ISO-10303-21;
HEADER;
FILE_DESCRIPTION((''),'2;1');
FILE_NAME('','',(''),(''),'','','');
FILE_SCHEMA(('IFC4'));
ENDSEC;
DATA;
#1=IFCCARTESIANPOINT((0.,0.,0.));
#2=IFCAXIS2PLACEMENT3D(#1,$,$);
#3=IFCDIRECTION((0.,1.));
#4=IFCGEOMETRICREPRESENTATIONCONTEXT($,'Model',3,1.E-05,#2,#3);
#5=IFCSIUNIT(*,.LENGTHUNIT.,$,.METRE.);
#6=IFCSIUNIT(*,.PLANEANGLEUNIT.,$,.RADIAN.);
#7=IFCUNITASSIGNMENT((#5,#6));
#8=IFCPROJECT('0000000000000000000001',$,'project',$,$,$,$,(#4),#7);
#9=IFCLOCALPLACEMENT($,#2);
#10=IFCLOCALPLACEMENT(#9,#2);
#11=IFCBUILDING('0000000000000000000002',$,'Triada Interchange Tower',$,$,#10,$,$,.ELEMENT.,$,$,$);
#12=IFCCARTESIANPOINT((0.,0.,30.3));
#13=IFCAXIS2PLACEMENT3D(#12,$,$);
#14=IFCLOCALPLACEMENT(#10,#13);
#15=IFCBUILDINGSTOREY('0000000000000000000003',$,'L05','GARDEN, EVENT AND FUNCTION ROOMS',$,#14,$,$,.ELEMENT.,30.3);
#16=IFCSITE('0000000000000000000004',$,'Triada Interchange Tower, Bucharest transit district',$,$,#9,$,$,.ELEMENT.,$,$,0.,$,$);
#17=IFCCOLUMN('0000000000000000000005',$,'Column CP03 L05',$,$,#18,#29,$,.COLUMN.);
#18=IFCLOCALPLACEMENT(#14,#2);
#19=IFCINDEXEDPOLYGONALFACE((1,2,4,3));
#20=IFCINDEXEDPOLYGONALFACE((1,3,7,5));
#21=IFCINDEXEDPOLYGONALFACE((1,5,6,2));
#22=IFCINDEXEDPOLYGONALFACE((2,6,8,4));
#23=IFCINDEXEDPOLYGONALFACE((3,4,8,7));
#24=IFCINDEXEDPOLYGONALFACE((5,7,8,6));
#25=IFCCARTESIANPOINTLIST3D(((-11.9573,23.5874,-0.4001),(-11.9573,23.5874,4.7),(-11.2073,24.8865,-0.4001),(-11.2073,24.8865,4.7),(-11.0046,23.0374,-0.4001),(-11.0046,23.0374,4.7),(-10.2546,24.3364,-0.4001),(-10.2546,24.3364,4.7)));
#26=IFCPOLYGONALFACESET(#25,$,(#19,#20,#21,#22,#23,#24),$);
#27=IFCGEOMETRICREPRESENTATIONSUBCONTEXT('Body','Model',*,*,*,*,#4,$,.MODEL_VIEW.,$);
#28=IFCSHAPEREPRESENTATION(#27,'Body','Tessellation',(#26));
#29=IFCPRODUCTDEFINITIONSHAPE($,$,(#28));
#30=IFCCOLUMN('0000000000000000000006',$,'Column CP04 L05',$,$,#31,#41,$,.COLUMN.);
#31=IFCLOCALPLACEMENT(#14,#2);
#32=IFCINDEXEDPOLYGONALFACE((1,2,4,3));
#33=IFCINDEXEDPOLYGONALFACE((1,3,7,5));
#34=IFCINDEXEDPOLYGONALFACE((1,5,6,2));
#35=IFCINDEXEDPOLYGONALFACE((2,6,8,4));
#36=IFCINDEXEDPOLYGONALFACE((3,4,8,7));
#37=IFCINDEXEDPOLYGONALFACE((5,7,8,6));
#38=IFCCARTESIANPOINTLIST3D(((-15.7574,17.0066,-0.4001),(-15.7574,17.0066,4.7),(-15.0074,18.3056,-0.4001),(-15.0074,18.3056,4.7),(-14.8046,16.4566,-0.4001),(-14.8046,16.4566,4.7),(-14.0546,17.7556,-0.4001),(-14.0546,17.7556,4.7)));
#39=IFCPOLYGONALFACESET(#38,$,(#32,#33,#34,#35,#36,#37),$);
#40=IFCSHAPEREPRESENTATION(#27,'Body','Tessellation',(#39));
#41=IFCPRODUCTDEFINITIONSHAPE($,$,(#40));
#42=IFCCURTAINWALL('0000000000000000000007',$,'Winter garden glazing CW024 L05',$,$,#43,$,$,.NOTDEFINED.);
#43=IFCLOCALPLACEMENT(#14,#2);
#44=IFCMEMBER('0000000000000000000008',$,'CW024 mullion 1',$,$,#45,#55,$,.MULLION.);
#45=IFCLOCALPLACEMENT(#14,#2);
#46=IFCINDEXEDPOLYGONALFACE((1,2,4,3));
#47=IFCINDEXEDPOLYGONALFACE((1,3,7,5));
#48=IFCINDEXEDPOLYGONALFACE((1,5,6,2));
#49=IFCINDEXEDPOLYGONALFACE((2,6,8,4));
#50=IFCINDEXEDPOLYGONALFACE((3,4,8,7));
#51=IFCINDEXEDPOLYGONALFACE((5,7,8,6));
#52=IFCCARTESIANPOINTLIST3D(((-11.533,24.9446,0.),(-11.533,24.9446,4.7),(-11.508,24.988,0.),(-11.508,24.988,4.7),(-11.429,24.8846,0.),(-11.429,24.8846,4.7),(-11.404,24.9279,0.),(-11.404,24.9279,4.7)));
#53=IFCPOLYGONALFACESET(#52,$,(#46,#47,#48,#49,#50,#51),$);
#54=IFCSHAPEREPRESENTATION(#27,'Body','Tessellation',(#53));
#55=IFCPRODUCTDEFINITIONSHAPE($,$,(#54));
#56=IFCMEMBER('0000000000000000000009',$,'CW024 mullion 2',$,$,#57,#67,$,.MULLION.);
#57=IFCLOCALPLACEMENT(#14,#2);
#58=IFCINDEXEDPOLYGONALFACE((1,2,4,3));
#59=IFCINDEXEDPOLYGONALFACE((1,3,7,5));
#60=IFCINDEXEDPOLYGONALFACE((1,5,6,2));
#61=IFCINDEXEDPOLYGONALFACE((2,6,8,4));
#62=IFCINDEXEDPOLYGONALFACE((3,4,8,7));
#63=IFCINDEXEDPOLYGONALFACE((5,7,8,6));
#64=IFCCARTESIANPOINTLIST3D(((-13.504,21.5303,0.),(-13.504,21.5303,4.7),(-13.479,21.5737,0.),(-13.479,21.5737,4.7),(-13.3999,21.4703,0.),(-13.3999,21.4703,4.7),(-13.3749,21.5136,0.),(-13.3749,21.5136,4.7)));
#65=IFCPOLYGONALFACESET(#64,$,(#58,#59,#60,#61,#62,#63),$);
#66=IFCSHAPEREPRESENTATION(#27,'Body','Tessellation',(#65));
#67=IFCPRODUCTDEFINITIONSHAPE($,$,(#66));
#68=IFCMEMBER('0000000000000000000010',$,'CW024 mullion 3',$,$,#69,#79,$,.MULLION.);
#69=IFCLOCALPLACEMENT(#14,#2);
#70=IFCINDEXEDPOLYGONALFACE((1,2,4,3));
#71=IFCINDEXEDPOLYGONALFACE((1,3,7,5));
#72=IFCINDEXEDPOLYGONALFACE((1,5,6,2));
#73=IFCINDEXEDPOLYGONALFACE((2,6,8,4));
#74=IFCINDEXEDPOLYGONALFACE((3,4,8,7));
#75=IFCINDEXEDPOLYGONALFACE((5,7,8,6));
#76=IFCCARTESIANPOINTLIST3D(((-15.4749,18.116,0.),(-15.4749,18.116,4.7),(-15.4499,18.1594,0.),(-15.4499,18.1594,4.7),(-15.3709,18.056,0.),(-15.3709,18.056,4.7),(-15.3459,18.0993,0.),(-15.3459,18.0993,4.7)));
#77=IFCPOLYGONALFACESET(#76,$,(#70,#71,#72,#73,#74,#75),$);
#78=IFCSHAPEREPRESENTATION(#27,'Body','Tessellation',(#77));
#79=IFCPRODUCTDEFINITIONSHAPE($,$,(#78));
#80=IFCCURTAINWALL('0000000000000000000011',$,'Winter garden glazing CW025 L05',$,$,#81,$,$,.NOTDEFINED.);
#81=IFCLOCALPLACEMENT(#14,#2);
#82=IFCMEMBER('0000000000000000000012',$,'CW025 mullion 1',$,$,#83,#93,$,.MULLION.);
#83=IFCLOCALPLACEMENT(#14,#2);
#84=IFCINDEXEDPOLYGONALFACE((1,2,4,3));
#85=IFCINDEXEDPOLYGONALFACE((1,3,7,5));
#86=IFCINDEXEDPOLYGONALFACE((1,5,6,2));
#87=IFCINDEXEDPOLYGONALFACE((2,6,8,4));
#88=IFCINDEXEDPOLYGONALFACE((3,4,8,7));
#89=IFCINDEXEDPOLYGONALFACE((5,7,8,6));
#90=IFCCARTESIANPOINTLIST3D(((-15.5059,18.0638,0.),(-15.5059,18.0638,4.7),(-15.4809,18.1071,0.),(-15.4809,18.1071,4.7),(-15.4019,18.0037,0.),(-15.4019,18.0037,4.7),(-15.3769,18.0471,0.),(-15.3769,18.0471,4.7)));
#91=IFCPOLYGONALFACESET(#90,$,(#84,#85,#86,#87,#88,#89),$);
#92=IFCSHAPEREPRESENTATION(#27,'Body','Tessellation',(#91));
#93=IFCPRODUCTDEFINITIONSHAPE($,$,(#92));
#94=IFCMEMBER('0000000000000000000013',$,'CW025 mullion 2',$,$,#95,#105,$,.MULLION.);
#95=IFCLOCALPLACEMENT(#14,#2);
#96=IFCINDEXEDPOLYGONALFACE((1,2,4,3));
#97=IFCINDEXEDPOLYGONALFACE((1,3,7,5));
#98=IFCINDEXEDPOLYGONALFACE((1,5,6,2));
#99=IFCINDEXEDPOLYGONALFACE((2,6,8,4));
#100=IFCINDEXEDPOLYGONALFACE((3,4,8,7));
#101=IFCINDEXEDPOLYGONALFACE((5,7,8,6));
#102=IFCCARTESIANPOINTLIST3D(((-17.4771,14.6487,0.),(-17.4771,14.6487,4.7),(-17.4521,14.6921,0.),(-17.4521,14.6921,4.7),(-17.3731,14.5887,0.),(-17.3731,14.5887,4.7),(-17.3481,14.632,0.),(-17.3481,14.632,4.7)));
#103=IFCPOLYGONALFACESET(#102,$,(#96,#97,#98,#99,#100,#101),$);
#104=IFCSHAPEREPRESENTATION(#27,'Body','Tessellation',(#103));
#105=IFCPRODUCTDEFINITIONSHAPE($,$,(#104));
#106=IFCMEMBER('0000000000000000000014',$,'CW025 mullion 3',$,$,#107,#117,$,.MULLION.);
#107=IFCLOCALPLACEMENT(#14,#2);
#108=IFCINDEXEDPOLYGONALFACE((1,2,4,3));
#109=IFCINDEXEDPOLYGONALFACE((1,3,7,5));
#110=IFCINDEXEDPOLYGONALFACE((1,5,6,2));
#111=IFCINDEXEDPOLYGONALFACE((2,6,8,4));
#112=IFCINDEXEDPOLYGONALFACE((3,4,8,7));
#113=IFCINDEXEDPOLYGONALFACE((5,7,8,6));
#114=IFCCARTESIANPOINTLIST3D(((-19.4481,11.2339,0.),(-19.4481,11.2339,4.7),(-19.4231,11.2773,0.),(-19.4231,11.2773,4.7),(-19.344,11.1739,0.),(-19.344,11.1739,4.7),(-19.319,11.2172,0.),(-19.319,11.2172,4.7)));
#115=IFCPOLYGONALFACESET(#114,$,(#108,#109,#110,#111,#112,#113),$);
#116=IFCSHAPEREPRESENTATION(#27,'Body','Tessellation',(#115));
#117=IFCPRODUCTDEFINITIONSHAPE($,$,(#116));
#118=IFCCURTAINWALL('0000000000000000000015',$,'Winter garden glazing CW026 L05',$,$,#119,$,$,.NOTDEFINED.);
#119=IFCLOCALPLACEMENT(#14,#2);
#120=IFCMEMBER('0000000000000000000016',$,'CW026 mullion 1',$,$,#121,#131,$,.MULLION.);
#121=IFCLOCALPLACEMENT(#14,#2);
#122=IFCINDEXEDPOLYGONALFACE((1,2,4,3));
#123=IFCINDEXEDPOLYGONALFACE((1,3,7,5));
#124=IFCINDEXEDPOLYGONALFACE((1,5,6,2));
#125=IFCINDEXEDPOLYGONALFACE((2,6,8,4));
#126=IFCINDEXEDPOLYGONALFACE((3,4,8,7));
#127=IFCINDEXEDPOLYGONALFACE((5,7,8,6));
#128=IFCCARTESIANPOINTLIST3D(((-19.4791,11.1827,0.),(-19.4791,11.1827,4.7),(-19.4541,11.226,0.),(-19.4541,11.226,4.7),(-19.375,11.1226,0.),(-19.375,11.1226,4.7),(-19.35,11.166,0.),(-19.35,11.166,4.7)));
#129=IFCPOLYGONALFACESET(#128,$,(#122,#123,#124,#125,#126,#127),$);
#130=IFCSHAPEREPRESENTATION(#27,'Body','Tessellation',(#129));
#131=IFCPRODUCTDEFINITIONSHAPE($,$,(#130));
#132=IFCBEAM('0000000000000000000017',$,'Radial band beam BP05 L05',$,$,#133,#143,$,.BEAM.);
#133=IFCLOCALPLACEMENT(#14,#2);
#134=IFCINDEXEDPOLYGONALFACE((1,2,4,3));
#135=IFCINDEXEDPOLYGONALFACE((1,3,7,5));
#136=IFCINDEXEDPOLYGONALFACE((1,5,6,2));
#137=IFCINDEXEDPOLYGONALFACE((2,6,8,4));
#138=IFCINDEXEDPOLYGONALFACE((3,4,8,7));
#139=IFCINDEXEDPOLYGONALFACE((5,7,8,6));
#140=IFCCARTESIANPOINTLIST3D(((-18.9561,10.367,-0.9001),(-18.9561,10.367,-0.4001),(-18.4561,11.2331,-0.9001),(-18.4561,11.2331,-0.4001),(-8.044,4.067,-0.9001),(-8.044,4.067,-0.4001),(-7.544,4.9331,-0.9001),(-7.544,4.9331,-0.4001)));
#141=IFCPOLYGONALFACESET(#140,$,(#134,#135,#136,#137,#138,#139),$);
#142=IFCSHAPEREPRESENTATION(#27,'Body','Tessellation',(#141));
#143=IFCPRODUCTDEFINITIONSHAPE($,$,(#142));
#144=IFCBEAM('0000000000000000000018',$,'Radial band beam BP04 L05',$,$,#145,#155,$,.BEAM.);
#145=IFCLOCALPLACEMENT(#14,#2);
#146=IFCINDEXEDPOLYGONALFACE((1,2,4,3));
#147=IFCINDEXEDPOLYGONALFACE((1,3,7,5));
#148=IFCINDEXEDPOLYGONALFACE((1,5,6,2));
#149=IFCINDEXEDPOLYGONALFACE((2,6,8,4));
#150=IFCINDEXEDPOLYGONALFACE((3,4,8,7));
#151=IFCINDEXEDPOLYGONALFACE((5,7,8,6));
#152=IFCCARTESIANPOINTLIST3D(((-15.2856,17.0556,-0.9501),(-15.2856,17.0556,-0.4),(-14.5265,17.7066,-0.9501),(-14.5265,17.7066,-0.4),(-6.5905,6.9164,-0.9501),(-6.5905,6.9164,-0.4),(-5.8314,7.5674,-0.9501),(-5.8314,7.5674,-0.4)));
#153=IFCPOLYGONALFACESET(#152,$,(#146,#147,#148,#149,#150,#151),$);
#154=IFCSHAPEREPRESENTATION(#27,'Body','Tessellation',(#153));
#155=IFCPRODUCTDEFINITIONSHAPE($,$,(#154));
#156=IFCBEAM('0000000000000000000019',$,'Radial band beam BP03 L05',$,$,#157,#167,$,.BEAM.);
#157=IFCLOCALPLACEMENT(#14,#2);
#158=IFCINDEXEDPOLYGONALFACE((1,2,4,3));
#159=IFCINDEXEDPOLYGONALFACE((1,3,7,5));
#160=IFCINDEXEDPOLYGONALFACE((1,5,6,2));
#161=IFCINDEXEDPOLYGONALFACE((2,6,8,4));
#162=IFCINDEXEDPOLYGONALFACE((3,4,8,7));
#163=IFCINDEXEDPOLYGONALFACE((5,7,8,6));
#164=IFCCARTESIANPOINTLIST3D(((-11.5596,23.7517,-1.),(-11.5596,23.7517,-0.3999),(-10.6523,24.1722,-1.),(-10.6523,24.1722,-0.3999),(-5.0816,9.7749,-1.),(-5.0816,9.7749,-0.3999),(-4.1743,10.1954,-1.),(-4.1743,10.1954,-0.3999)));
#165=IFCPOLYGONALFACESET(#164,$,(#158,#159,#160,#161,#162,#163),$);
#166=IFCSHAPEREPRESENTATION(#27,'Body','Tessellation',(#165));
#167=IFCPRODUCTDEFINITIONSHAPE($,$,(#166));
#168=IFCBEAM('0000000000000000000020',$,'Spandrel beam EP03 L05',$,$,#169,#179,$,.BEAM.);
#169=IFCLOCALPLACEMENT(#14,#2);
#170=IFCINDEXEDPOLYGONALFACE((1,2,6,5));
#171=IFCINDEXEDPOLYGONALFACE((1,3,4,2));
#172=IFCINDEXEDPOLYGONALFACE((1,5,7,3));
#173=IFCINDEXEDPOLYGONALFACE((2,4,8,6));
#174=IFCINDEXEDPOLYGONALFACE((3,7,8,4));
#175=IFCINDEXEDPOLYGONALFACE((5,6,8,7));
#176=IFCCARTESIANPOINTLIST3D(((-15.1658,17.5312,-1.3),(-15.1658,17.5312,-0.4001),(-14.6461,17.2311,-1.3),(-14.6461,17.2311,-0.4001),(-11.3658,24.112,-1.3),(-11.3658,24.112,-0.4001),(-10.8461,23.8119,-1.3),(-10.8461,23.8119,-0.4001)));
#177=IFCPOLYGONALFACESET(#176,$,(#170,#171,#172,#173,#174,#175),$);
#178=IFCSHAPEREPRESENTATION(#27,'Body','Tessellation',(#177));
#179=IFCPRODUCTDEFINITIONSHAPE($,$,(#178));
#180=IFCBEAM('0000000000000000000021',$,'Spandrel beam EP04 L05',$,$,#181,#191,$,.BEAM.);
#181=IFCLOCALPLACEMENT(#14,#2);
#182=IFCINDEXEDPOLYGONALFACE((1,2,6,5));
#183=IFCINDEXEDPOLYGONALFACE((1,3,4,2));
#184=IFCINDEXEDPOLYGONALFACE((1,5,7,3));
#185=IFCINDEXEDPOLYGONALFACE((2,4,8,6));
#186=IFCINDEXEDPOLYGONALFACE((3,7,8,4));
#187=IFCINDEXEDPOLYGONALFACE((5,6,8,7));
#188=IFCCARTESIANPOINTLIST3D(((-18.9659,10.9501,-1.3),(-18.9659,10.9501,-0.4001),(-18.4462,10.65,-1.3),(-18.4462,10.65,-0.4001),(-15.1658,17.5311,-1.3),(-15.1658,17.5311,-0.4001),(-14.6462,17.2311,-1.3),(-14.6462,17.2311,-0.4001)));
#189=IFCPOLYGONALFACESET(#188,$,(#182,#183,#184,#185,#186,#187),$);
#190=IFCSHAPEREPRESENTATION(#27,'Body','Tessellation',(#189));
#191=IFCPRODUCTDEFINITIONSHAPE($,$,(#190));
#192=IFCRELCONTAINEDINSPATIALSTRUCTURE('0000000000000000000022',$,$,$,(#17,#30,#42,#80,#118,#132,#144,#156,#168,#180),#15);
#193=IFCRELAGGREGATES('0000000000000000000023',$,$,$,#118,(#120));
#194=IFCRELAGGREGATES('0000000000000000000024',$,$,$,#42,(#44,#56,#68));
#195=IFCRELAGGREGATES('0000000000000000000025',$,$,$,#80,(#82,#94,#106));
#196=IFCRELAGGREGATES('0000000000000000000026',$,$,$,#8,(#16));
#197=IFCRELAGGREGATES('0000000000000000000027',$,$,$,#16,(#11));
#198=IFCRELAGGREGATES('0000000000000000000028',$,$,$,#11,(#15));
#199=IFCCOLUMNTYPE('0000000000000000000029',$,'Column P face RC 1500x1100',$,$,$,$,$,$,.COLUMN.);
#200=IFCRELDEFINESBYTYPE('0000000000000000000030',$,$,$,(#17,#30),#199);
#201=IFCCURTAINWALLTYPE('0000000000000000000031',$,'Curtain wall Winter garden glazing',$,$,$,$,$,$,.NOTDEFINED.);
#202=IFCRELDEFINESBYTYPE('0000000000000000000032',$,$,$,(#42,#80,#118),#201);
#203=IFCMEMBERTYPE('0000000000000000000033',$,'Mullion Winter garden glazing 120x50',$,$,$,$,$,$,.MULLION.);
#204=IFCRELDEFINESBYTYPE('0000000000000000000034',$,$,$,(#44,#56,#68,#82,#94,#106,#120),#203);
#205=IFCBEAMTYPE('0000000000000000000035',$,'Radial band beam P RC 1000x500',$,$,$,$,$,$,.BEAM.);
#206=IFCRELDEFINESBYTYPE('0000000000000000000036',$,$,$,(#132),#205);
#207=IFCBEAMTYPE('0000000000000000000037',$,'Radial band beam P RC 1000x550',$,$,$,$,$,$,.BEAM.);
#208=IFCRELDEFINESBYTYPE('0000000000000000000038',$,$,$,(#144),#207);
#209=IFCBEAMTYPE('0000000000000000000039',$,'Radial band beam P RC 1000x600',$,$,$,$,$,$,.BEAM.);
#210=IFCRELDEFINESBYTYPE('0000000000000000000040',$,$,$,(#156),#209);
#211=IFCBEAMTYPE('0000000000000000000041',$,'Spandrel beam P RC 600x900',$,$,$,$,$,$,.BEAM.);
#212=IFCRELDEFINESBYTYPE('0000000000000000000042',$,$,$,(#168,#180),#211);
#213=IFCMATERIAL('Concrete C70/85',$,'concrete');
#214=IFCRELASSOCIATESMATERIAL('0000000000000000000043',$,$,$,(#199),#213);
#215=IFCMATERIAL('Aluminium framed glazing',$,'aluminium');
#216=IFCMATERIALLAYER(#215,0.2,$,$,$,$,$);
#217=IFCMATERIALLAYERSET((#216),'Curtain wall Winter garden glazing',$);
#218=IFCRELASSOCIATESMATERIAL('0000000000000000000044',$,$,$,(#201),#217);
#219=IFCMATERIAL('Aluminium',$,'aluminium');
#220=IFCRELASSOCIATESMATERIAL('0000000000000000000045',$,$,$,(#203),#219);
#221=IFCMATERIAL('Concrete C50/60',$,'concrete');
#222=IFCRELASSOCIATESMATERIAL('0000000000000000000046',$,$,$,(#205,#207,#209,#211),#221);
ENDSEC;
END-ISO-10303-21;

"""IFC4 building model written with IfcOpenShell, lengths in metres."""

from ifc_helpers import new_model, si_unit, direction, frame, origin, origin_2d, place, context, subcontext, project, spatial, rectangle, extrude, material, layer, layer_set, material_profile, profile_set, type_object, element, aggregate, save


model = new_model("IFC4")

# Units and contexts
model_context = context("Model", 3, precision=1e-05, world=origin(), true_north=direction((0.0, 1.0)))
body_context = subcontext(model_context, "Body", "Model", "MODEL_VIEW")
ifc_project = project(units=[si_unit("LENGTHUNIT", "METRE"), si_unit("PLANEANGLEUNIT", "RADIAN")], contexts=[model_context])

# Site, building, storey
site_placement = place(None, origin())
site = spatial("IfcSite", under=ifc_project, at=site_placement, Name="Triada Interchange Tower, Bucharest transit district", CompositionType="ELEMENT", RefElevation=0.0)
building_placement = place(site_placement, origin())
building = spatial("IfcBuilding", under=site, at=building_placement, Name="Triada Interchange Tower", CompositionType="ELEMENT")
storey_placement = place(building_placement, frame((0.0, 0.0, 30.3)))
storey = spatial("IfcBuildingStorey", under=building, at=storey_placement, Name="L05", Description="GARDEN, EVENT AND FUNCTION ROOMS", CompositionType="ELEMENT", Elevation=30.3)

# Columns
ifc_material_1 = material(Name="Concrete C70/85", Category="concrete")
ifc_material_profile_1 = material_profile(ifc_material_1, rectangle(XDim=1.5, YDim=1.1001, at=origin_2d()), Name="RC 1500x1100")
ifc_profile_set_1 = profile_set([ifc_material_profile_1], Name="Concrete C70/85")
column_type = type_object("IfcColumnType", Name="Column P face RC 1500x1100", PredefinedType="COLUMN", material=ifc_profile_set_1)
for number, where, z_axis, x_axis, name in (
    (1, (-11.106, 23.9619, -0.4001), (0.0, 0.0, 1.0), (0.5, 0.866025, 0.0), "Column CP03 L05"),
    (2, (-14.906, 17.3811, -0.4001), (0.0, 0.0, 1.0), (0.5, 0.866025, 0.0), "Column CP04 L05"),
):
    element("IfcColumn", number, at=place(storey_placement, frame(where, z_axis=z_axis, x_axis=x_axis)), inside=storey, type_object=column_type, Name=name, PredefinedType="COLUMN", context=body_context, shape_type="SweptSolid", body=[
        extrude(rectangle(XDim=1.5, YDim=1.1001, at=origin_2d()), origin(), (0.0, 0.0, 1.0), 5.1001),
    ])

# Curtain walls, members
ifc_material_2 = material(Name="Aluminium framed glazing", Category="aluminium")
ifc_layer_1 = layer(ifc_material_2, 0.2)
ifc_layer_set_1 = layer_set([ifc_layer_1], Name="Curtain wall Winter garden glazing")
curtain_wall_type = type_object("IfcCurtainWallType", Name="Curtain wall Winter garden glazing", PredefinedType="NOTDEFINED", material=ifc_layer_set_1)
curtain_wall_1_placement = place(storey_placement, origin())
curtain_wall_1 = element("IfcCurtainWall", 3, at=curtain_wall_1_placement, inside=storey, type_object=curtain_wall_type, Name="Winter garden glazing CW024 L05", PredefinedType="NOTDEFINED")
ifc_material_3 = material(Name="Aluminium", Category="aluminium")
ifc_material_profile_2 = material_profile(ifc_material_3, rectangle(XDim=0.1201, YDim=0.05, at=origin_2d()), Name="Aluminium mullion")
ifc_profile_set_2 = profile_set([ifc_material_profile_2], Name="Aluminium")
member_type_1 = type_object("IfcMemberType", Name="Mullion Winter garden glazing 120x50", PredefinedType="MULLION", material=ifc_profile_set_2)
member_1_placement = place(storey_placement, frame((-11.4685, 24.9363, 0.0), z_axis=(0.0, 0.0, 1.0), x_axis=(0.866055, -0.499948, 0.0)))
member_1 = element("IfcMember", 4, at=member_1_placement, type_object=member_type_1, Name="CW024 mullion 1", PredefinedType="MULLION", context=body_context, shape_type="SweptSolid", body=[
    extrude(rectangle(XDim=0.1201, YDim=0.05, at=origin_2d()), origin(), (0.0, 0.0, 1.0), 4.7),
])
member_2_placement = place(storey_placement, frame((-13.4395, 21.522, 0.0), z_axis=(0.0, 0.0, 1.0), x_axis=(0.866055, -0.499948, 0.0)))
member_2 = element("IfcMember", 5, at=member_2_placement, type_object=member_type_1, Name="CW024 mullion 2", PredefinedType="MULLION", context=body_context, shape_type="SweptSolid", body=[
    extrude(rectangle(XDim=0.1201, YDim=0.05, at=origin_2d()), origin(), (0.0, 0.0, 1.0), 4.7),
])
member_3_placement = place(storey_placement, frame((-15.4104, 18.1077, 0.0), z_axis=(0.0, 0.0, 1.0), x_axis=(0.866055, -0.499948, 0.0)))
member_3 = element("IfcMember", 6, at=member_3_placement, type_object=member_type_1, Name="CW024 mullion 3", PredefinedType="MULLION", context=body_context, shape_type="SweptSolid", body=[
    extrude(rectangle(XDim=0.1201, YDim=0.05, at=origin_2d()), origin(), (0.0, 0.0, 1.0), 4.7),
])
curtain_wall_2_placement = place(storey_placement, origin())
curtain_wall_2 = element("IfcCurtainWall", 7, at=curtain_wall_2_placement, inside=storey, type_object=curtain_wall_type, Name="Winter garden glazing CW025 L05", PredefinedType="NOTDEFINED")
member_4_placement = place(storey_placement, frame((-15.4414, 18.0554, 0.0), z_axis=(0.0, 0.0, 1.0), x_axis=(0.866087, -0.499893, 0.0)))
member_4 = element("IfcMember", 8, at=member_4_placement, type_object=member_type_1, Name="CW025 mullion 1", PredefinedType="MULLION", context=body_context, shape_type="SweptSolid", body=[
    extrude(rectangle(XDim=0.1201, YDim=0.05, at=origin_2d()), origin(), (0.0, 0.0, 1.0), 4.7),
])
member_5_placement = place(storey_placement, frame((-17.4126, 14.6404, 0.0), z_axis=(0.0, 0.0, 1.0), x_axis=(0.866087, -0.499893, 0.0)))
member_5 = element("IfcMember", 9, at=member_5_placement, type_object=member_type_1, Name="CW025 mullion 2", PredefinedType="MULLION", context=body_context, shape_type="SweptSolid", body=[
    extrude(rectangle(XDim=0.1201, YDim=0.05, at=origin_2d()), origin(), (0.0, 0.0, 1.0), 4.7),
])
member_6_placement = place(storey_placement, frame((-19.3835, 11.2256, 0.0), z_axis=(0.0, 0.0, 1.0), x_axis=(0.866087, -0.499893, 0.0)))
member_6 = element("IfcMember", 10, at=member_6_placement, type_object=member_type_1, Name="CW025 mullion 3", PredefinedType="MULLION", context=body_context, shape_type="SweptSolid", body=[
    extrude(rectangle(XDim=0.1201, YDim=0.05, at=origin_2d()), origin(), (0.0, 0.0, 1.0), 4.7),
])

# Curtain wall, member
curtain_wall_3_placement = place(storey_placement, origin())
curtain_wall_3 = element("IfcCurtainWall", 11, at=curtain_wall_3_placement, inside=storey, type_object=curtain_wall_type, Name="Winter garden glazing CW026 L05", PredefinedType="NOTDEFINED")
member_7_placement = place(storey_placement, frame((-19.4146, 11.1743, 0.0), z_axis=(0.0, 0.0, 1.0), x_axis=(0.866087, -0.499893, 0.0)))
member_7 = element("IfcMember", 12, at=member_7_placement, type_object=member_type_1, Name="CW026 mullion 1", PredefinedType="MULLION", context=body_context, shape_type="SweptSolid", body=[
    extrude(rectangle(XDim=0.1201, YDim=0.05, at=origin_2d()), origin(), (0.0, 0.0, 1.0), 4.7),
])

# Beams
ifc_material_4 = material(Name="Concrete C50/60", Category="concrete")
ifc_material_profile_3 = material_profile(ifc_material_4, rectangle(XDim=1.0, YDim=0.5, at=origin_2d()), Name="RC 1000x500")
ifc_profile_set_3 = profile_set([ifc_material_profile_3], Name="Concrete C50/60")
beam_type_1 = type_object("IfcBeamType", Name="Radial band beam P RC 1000x500", PredefinedType="BEAM", material=ifc_profile_set_3)
beam_1_placement = place(storey_placement, frame((-18.7061, 10.8, -0.6501), z_axis=(0.866027, -0.499996, 0.0), x_axis=(0.499996, 0.866027, 0.0)))
element("IfcBeam", 13, at=beam_1_placement, inside=storey, type_object=beam_type_1, Name="Radial band beam BP05 L05", PredefinedType="BEAM", context=body_context, shape_type="SweptSolid", body=[
    extrude(rectangle(XDim=1.0, YDim=0.5, at=origin_2d()), origin(), (0.0, 0.0, 1.0), 12.6001),
])
ifc_material_profile_4 = material_profile(ifc_material_4, rectangle(XDim=1.0, YDim=0.55, at=origin_2d()), Name="RC 1000x550")
ifc_profile_set_4 = profile_set([ifc_material_profile_4], Name="Concrete C50/60")
beam_type_2 = type_object("IfcBeamType", Name="Radial band beam P RC 1000x550", PredefinedType="BEAM", material=ifc_profile_set_4)
beam_2_placement = place(storey_placement, frame((-14.906, 17.3811, -0.675), z_axis=(0.65098, -0.759095, 0.0), x_axis=(0.759095, 0.65098, 0.0)))
element("IfcBeam", 14, at=beam_2_placement, inside=storey, type_object=beam_type_2, Name="Radial band beam BP04 L05", PredefinedType="BEAM", context=body_context, shape_type="SweptSolid", body=[
    extrude(rectangle(XDim=1.0, YDim=0.55, at=origin_2d()), origin(), (0.0, 0.0, 1.0), 13.3569),
])
ifc_material_profile_5 = material_profile(ifc_material_4, rectangle(XDim=1.0, YDim=0.6001, at=origin_2d()), Name="RC 1000x600")
ifc_profile_set_5 = profile_set([ifc_material_profile_5], Name="Concrete C50/60")
beam_type_3 = type_object("IfcBeamType", Name="Radial band beam P RC 1000x600", PredefinedType="BEAM", material=ifc_profile_set_5)
beam_3_placement = place(storey_placement, frame((-11.106, 23.9619, -0.7), z_axis=(0.420513, -0.907287, 0.0), x_axis=(0.907287, 0.420513, 0.0)))
element("IfcBeam", 15, at=beam_3_placement, inside=storey, type_object=beam_type_3, Name="Radial band beam BP03 L05", PredefinedType="BEAM", context=body_context, shape_type="SweptSolid", body=[
    extrude(rectangle(XDim=1.0, YDim=0.6001, at=origin_2d()), origin(), (0.0, 0.0, 1.0), 15.405),
])
ifc_material_profile_6 = material_profile(ifc_material_4, rectangle(XDim=0.6001, YDim=0.8999, at=origin_2d()), Name="RC 600x900")
ifc_profile_set_6 = profile_set([ifc_material_profile_6], Name="Concrete C50/60")
beam_type_4 = type_object("IfcBeamType", Name="Spandrel beam P RC 600x900", PredefinedType="BEAM", material=ifc_profile_set_6)
beam_4_placement = place(storey_placement, frame((-11.106, 23.9619, -0.8501), z_axis=(-0.500061, -0.86599, 0.0), x_axis=(0.86599, -0.500061, 0.0)))
element("IfcBeam", 16, at=beam_4_placement, inside=storey, type_object=beam_type_4, Name="Spandrel beam EP03 L05", PredefinedType="BEAM", context=body_context, shape_type="SweptSolid", body=[
    extrude(rectangle(XDim=0.6001, YDim=0.8999, at=origin_2d()), origin(), (0.0, 0.0, 1.0), 7.5991),
])
for number, where, z_axis, x_axis, name in (
    (17, (-14.906, 17.3811, -0.8501), (-0.500047, -0.865998, 0.0), (0.865998, -0.500047, 0.0), "Spandrel beam EP04 L05"),
):
    element("IfcBeam", number, at=place(storey_placement, frame(where, z_axis=z_axis, x_axis=x_axis)), inside=storey, type_object=beam_type_4, Name=name, PredefinedType="BEAM", context=body_context, shape_type="SweptSolid", body=[
        extrude(rectangle(XDim=0.6001, YDim=0.8999, at=origin_2d()), origin(), (0.0, 0.0, 1.0), 7.5994),
    ])

aggregate(curtain_wall_3, [member_7])

aggregate(curtain_wall_1, [member_1, member_2, member_3])
aggregate(curtain_wall_2, [member_4, member_5, member_6])

save(model, "model.ifc")
